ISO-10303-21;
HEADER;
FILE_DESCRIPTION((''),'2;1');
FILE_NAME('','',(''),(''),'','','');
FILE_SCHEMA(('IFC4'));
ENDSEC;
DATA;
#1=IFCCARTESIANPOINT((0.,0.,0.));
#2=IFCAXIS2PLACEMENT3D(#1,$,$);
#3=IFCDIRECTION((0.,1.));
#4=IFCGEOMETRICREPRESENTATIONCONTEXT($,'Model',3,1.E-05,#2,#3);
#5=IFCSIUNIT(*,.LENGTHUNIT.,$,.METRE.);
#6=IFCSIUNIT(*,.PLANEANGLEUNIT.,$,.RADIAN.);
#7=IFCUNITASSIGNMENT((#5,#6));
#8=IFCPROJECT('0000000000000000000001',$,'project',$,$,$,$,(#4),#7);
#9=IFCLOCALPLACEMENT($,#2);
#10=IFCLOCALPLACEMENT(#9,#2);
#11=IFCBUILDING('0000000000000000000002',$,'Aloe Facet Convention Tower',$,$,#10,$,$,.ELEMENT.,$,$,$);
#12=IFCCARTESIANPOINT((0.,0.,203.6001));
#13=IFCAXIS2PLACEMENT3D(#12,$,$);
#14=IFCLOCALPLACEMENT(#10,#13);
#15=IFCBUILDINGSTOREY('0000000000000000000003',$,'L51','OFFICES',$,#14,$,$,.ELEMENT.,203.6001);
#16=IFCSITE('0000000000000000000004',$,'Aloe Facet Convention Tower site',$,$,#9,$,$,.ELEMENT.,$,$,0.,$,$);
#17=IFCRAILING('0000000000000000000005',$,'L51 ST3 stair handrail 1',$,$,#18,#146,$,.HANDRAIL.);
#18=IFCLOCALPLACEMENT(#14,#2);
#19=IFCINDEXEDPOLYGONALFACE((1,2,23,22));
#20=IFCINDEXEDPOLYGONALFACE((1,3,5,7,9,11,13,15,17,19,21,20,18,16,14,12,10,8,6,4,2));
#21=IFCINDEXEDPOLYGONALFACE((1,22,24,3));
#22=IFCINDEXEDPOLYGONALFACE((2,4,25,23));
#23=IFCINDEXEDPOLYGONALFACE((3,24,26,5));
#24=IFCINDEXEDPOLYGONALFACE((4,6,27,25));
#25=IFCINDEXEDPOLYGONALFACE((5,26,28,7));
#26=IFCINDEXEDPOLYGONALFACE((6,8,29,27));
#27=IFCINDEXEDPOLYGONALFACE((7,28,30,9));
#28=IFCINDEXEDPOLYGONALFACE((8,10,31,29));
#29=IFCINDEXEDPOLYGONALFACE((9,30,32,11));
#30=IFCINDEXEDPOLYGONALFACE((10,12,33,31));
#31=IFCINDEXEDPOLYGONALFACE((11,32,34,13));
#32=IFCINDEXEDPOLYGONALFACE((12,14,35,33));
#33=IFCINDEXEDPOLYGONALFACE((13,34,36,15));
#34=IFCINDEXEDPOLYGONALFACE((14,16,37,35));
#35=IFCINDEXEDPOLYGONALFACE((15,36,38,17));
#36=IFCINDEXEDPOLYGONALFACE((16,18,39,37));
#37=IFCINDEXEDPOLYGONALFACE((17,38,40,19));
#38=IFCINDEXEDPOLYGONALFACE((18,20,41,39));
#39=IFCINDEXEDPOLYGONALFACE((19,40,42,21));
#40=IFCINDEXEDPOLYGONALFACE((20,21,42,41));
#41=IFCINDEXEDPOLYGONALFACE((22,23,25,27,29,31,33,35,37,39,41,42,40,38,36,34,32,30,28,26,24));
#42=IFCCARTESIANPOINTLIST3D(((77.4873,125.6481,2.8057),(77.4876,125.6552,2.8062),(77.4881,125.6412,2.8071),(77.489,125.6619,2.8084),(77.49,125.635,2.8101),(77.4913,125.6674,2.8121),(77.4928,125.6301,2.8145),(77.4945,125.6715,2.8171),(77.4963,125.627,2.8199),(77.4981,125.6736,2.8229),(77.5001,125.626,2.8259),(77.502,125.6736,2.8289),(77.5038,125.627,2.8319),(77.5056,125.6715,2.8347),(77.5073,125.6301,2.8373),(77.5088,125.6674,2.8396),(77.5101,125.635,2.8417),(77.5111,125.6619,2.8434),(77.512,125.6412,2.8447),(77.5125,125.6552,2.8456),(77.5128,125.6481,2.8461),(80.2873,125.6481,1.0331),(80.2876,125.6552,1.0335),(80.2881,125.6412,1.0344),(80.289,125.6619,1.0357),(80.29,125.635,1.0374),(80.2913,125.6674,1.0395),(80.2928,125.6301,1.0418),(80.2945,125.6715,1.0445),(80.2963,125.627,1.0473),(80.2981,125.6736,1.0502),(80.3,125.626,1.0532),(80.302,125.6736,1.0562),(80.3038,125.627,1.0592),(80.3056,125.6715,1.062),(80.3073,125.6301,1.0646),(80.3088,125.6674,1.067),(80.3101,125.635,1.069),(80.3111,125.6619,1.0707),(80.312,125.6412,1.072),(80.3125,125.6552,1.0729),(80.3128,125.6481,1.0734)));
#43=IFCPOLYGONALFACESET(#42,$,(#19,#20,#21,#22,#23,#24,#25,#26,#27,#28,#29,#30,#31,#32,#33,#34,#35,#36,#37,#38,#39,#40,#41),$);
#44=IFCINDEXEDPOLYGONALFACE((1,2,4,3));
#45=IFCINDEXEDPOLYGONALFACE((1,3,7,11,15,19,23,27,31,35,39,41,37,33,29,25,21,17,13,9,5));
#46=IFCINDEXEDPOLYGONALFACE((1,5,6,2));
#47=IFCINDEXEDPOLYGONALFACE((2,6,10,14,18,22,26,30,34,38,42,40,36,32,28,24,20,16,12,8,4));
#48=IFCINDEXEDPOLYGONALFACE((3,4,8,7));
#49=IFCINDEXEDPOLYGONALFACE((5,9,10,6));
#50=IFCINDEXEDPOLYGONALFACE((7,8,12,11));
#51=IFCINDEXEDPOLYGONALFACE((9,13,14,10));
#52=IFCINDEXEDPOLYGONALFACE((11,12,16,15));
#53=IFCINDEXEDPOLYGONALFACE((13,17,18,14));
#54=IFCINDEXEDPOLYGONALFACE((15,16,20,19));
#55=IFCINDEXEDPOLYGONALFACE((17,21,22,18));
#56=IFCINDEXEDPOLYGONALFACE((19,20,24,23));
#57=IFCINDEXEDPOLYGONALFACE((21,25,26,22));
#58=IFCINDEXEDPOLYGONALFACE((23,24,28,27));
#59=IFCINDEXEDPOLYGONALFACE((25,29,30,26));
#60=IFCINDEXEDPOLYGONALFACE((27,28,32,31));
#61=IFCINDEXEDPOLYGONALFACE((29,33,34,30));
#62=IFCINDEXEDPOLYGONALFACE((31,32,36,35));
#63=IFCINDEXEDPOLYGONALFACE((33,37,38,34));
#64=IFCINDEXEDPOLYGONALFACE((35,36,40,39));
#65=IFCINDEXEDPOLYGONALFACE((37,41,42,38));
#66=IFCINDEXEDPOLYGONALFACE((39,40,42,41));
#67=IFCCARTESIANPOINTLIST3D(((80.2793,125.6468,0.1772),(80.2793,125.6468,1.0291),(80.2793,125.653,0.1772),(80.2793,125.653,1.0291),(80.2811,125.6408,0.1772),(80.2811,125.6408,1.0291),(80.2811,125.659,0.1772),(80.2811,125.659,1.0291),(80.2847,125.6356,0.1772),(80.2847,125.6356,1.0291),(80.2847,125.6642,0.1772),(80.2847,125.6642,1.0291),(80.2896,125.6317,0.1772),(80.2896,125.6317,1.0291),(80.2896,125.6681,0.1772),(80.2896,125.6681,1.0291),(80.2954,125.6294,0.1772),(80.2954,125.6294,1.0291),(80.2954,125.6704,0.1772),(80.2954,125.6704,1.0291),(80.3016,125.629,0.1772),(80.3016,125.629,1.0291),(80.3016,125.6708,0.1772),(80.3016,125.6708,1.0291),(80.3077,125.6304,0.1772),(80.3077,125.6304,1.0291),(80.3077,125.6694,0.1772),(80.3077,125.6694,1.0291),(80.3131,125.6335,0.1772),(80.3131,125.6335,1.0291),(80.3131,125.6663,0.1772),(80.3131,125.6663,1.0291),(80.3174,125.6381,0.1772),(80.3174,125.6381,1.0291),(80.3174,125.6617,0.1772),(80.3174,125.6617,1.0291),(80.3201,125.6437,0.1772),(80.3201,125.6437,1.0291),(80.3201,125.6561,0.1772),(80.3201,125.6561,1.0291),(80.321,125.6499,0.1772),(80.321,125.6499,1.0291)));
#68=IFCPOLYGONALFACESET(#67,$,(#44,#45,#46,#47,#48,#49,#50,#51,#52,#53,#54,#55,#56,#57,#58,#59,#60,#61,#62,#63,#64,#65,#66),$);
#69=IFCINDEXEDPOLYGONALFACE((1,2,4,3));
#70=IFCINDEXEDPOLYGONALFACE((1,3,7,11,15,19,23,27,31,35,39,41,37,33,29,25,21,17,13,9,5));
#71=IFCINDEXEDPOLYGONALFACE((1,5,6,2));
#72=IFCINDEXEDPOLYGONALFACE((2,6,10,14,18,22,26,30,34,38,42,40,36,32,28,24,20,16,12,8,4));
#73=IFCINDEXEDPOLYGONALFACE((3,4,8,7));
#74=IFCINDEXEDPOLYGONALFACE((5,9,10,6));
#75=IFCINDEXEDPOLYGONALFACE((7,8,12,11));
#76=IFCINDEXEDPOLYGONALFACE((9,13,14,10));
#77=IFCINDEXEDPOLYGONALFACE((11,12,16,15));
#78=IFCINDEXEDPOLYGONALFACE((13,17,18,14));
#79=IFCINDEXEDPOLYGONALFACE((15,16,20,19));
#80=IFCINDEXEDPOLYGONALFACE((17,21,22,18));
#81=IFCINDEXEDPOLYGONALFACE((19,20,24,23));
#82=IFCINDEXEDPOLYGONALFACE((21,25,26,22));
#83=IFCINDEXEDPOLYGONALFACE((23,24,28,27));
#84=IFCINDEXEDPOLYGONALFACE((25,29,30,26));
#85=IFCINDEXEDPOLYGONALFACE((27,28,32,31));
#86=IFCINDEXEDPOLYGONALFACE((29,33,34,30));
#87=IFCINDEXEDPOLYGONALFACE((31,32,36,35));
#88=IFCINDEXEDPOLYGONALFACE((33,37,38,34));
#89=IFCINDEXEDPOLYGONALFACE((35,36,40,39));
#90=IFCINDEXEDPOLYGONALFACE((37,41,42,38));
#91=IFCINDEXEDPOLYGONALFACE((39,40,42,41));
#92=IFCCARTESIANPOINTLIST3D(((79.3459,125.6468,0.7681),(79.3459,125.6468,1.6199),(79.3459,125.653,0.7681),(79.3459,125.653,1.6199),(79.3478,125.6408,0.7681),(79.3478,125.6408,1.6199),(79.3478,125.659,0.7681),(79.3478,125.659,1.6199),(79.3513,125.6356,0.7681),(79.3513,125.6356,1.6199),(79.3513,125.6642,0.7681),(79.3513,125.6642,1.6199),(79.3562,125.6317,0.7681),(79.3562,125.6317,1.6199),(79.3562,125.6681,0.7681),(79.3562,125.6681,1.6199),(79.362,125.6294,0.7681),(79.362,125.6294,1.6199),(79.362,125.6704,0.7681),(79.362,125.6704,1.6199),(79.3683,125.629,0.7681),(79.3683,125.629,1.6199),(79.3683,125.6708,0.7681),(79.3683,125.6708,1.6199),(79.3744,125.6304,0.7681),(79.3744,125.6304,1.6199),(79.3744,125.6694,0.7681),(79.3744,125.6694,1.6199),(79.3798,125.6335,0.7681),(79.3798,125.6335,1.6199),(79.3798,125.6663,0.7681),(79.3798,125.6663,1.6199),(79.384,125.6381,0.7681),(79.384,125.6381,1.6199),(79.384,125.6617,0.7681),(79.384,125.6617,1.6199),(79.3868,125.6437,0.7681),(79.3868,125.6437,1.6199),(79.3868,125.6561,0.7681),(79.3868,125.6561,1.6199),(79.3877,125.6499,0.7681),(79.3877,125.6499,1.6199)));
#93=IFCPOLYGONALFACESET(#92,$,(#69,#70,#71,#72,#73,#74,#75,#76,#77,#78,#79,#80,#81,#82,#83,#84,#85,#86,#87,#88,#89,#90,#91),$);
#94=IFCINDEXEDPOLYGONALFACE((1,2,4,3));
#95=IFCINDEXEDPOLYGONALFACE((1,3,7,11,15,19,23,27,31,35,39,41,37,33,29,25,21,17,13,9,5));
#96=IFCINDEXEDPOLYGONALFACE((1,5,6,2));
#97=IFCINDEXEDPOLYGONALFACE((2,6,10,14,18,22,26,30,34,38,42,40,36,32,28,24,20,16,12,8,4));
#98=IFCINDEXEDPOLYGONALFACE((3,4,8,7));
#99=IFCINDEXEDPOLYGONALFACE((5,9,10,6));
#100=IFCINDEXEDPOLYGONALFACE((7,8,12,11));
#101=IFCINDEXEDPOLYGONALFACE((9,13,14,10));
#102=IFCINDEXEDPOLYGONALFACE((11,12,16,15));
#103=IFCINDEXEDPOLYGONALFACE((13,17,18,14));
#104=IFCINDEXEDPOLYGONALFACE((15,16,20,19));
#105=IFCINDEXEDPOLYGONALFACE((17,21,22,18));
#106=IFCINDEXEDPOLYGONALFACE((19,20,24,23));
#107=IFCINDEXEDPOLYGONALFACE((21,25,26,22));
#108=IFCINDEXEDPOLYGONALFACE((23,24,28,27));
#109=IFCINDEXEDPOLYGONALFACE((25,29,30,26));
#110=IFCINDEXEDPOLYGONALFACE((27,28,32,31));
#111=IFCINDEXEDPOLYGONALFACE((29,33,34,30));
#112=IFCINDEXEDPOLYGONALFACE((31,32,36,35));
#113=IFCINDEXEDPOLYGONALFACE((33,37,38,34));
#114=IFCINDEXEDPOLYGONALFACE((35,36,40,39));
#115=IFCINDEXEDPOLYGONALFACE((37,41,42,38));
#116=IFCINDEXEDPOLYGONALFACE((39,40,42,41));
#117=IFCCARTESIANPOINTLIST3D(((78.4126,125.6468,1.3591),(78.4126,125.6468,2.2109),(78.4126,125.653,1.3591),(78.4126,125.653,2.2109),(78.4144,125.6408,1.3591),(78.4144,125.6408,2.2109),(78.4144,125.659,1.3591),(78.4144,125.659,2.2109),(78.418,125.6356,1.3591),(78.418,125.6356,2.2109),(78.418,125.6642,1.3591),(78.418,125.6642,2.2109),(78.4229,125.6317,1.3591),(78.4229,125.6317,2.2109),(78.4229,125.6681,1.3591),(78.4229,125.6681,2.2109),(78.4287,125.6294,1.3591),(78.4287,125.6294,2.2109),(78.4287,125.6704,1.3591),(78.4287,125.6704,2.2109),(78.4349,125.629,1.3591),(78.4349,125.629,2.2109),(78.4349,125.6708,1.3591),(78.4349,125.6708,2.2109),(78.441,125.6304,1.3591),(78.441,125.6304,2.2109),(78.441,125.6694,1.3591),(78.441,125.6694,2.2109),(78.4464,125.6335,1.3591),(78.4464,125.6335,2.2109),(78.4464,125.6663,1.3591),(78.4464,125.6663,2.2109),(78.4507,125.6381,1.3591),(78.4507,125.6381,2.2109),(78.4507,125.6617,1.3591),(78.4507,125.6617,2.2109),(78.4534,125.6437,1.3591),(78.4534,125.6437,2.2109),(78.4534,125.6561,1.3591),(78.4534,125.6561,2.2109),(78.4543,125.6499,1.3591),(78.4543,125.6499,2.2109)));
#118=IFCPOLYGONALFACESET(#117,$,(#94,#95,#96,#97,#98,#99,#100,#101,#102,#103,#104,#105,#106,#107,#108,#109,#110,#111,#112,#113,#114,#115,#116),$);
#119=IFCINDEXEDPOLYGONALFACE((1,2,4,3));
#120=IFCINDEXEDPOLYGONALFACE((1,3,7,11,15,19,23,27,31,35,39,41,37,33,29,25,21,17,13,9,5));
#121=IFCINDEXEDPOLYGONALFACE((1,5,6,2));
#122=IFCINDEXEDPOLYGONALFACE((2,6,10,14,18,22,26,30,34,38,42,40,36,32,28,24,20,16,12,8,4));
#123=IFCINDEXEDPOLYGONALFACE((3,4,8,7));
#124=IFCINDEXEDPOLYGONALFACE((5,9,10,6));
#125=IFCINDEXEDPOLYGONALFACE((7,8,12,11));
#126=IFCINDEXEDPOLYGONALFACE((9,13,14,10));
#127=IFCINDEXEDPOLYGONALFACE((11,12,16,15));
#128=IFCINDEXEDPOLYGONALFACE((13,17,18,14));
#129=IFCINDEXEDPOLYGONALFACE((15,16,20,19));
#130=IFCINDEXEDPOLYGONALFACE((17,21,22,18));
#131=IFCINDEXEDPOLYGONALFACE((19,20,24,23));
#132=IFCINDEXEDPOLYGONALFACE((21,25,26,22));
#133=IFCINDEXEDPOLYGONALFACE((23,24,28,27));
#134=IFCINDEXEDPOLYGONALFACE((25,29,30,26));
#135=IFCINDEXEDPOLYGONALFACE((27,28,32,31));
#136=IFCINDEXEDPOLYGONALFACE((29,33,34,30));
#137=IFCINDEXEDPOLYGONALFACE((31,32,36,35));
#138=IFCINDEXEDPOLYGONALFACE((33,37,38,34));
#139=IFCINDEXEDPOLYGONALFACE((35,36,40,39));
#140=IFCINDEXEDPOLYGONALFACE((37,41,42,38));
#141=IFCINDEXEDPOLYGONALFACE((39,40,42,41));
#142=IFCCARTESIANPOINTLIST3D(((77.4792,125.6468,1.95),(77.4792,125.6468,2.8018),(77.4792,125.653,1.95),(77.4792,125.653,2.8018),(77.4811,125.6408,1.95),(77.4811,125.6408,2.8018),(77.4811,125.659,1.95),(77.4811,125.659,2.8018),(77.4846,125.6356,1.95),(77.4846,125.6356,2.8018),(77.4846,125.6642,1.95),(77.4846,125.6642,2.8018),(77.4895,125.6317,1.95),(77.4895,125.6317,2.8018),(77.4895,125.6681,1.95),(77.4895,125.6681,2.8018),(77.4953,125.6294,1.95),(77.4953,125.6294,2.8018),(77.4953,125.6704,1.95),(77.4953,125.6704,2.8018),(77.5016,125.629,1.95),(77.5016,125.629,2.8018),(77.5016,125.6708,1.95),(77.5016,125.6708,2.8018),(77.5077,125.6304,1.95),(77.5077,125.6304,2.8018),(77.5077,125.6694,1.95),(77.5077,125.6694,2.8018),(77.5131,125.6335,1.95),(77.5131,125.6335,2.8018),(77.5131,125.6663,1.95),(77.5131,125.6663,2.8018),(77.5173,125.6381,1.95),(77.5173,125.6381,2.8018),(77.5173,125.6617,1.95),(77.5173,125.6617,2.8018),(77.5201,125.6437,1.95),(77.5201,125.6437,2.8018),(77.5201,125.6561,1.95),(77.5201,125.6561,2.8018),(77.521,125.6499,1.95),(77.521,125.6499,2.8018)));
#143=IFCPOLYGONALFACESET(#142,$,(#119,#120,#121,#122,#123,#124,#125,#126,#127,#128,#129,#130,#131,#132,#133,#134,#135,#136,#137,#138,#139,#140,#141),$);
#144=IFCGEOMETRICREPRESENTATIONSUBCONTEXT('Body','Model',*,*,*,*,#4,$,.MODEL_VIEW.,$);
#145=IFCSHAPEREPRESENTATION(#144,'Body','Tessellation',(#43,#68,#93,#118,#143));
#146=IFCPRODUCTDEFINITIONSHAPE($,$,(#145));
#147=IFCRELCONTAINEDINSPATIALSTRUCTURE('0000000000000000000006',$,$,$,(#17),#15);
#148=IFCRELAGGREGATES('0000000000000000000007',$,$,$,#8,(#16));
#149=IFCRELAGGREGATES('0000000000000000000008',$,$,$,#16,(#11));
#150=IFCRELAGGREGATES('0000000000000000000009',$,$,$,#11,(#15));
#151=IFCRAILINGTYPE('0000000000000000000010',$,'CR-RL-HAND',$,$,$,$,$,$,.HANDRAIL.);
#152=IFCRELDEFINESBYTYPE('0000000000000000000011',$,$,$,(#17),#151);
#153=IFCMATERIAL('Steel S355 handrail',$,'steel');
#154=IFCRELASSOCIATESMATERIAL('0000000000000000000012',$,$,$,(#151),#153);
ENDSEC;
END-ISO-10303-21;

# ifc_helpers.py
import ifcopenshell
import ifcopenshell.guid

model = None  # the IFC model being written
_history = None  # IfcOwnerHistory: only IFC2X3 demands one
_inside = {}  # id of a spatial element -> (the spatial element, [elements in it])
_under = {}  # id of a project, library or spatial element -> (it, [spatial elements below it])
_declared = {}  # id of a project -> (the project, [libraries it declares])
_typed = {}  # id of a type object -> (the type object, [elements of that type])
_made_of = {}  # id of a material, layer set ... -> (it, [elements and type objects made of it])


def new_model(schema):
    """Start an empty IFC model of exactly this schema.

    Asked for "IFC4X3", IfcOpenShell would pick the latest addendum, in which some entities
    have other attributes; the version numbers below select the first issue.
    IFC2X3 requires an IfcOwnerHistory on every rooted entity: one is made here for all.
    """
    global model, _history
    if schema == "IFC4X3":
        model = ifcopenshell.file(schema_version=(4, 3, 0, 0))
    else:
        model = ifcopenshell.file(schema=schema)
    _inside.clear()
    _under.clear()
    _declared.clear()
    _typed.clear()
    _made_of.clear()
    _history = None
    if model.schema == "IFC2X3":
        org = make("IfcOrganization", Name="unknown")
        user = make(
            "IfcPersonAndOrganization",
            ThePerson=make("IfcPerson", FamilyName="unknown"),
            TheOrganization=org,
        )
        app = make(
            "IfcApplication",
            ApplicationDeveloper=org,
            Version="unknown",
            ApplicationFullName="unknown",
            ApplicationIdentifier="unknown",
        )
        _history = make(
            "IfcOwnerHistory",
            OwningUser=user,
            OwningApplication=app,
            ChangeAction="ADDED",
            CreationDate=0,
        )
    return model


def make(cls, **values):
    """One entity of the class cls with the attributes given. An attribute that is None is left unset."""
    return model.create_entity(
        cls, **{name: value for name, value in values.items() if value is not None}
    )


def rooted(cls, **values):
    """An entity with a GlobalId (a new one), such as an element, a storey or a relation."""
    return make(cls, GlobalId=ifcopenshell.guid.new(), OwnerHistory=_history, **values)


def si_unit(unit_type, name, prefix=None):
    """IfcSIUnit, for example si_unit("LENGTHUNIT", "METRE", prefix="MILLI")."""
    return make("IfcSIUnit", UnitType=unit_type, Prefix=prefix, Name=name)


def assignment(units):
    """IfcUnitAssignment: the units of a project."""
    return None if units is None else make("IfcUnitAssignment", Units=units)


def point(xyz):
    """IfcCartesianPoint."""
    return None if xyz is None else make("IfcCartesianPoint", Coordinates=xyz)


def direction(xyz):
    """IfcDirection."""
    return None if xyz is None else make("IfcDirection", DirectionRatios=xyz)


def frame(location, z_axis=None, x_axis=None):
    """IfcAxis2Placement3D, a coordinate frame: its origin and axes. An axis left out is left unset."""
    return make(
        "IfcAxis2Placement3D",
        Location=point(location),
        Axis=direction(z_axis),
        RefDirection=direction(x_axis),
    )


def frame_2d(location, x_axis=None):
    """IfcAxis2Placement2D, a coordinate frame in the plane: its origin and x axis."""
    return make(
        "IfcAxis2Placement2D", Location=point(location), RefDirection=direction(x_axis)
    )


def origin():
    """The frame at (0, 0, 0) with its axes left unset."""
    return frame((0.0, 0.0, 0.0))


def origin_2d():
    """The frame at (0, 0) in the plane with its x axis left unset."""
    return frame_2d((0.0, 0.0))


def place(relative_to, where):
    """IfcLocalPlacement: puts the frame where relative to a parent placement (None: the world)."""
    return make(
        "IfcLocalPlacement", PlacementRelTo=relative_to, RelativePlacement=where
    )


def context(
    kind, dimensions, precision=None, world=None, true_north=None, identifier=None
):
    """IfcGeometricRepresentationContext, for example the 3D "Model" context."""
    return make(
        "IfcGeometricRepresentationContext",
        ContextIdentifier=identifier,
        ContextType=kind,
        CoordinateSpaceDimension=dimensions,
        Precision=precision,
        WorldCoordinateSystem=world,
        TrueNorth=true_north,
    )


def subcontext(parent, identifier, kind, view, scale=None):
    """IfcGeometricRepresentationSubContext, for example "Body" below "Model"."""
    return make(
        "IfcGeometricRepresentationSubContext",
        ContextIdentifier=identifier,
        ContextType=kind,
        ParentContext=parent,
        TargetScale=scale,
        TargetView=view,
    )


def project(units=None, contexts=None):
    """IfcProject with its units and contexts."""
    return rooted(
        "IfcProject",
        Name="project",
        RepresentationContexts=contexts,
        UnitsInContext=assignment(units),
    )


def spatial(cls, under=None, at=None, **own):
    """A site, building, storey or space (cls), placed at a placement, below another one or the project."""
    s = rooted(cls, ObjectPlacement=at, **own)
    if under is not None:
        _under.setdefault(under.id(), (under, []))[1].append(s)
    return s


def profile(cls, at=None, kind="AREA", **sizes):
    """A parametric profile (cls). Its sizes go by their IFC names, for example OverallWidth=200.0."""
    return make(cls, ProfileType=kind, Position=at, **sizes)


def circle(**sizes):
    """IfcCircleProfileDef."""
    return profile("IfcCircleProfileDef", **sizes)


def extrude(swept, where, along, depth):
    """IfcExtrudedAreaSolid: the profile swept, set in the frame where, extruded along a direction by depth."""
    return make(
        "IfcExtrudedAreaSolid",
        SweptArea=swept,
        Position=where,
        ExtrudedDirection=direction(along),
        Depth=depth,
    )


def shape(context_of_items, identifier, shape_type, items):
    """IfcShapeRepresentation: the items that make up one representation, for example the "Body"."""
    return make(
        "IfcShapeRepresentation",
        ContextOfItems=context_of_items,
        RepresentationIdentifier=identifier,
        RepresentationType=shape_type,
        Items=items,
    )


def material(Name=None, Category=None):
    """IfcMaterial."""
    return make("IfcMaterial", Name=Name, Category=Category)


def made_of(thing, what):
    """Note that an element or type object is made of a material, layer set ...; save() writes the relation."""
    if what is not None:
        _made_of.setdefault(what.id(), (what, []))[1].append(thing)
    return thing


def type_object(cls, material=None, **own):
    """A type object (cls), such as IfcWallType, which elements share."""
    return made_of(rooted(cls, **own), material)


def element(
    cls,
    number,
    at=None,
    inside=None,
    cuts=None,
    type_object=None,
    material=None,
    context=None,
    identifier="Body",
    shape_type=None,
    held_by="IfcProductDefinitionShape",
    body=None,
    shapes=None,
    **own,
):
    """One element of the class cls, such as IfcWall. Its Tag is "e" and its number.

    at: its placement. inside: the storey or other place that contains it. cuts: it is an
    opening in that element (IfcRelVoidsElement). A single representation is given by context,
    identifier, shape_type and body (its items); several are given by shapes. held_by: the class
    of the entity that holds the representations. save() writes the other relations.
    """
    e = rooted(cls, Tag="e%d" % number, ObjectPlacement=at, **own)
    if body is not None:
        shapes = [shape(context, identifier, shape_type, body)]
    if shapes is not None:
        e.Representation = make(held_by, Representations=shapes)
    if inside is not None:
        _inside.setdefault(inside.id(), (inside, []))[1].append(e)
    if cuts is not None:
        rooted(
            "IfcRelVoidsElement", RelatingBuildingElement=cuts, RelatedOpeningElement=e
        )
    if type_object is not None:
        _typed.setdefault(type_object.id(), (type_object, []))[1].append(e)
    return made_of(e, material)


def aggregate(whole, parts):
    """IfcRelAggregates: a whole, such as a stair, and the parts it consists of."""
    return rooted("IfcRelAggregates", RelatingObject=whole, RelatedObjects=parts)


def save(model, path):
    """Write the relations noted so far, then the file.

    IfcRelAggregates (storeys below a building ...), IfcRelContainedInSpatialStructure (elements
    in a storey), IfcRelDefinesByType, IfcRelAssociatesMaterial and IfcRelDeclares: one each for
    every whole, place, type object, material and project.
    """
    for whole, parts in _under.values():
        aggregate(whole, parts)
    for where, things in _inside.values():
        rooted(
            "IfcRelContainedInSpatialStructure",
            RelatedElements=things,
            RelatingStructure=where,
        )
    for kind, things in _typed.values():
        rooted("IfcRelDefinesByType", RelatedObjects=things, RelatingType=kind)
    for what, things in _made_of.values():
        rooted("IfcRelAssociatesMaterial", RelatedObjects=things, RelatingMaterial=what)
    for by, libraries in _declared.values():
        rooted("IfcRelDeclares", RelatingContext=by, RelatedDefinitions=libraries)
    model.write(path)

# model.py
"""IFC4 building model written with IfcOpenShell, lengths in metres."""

from ifc_helpers import new_model, si_unit, direction, frame, origin, origin_2d, place, context, subcontext, project, spatial, circle, extrude, material, type_object, element, save


model = new_model("IFC4")

# Units and contexts
model_context = context("Model", 3, precision=1e-05, world=origin(), true_north=direction((0.0, 1.0)))
body_context = subcontext(model_context, "Body", "Model", "MODEL_VIEW")
ifc_project = project(units=[si_unit("LENGTHUNIT", "METRE"), si_unit("PLANEANGLEUNIT", "RADIAN")], contexts=[model_context])

# Site, building, storey
site_placement = place(None, origin())
site = spatial("IfcSite", under=ifc_project, at=site_placement, Name="Aloe Facet Convention Tower site", CompositionType="ELEMENT", RefElevation=0.0)
building_placement = place(site_placement, origin())
building = spatial("IfcBuilding", under=site, at=building_placement, Name="Aloe Facet Convention Tower", CompositionType="ELEMENT")
storey_placement = place(building_placement, frame((0.0, 0.0, 203.6001)))
storey = spatial("IfcBuildingStorey", under=building, at=storey_placement, Name="L51", Description="OFFICES", CompositionType="ELEMENT", Elevation=203.6001)

# Railing
ifc_material_1 = material(Name="Steel S355 handrail", Category="steel")
railing_type_1 = type_object("IfcRailingType", Name="CR-RL-HAND", PredefinedType="HANDRAIL", material=ifc_material_1)
railing_1_placement = place(storey_placement, frame((80.3, 125.6499, 0.1772)))
element("IfcRailing", 1, at=railing_1_placement, inside=storey, type_object=railing_type_1, Name="L51 ST3 stair handrail 1", PredefinedType="HANDRAIL", context=body_context, shape_type="SweptSolid", body=[
    extrude(circle(Radius=0.0239, at=origin_2d()), frame((0.0, 0.0, 0.876), z_axis=(-0.844909, 0.0, 0.53491), x_axis=(0.0, -1.0, 0.0)), (0.0, 0.0, 1.0), 3.314),
    extrude(circle(Radius=0.021, at=origin_2d()), origin(), (0.0, 0.0, 1.0), 0.8518),
    extrude(circle(Radius=0.021, at=origin_2d()), frame((-0.9333, 0.0, 0.5908)), (0.0, 0.0, 1.0), 0.8518),
    extrude(circle(Radius=0.021, at=origin_2d()), frame((-1.8667, 0.0, 1.1819)), (0.0, 0.0, 1.0), 0.8518),
    extrude(circle(Radius=0.021, at=origin_2d()), frame((-2.8, 0.0, 1.7727)), (0.0, 0.0, 1.0), 0.8518),
])

save(model, "model.ifc")
